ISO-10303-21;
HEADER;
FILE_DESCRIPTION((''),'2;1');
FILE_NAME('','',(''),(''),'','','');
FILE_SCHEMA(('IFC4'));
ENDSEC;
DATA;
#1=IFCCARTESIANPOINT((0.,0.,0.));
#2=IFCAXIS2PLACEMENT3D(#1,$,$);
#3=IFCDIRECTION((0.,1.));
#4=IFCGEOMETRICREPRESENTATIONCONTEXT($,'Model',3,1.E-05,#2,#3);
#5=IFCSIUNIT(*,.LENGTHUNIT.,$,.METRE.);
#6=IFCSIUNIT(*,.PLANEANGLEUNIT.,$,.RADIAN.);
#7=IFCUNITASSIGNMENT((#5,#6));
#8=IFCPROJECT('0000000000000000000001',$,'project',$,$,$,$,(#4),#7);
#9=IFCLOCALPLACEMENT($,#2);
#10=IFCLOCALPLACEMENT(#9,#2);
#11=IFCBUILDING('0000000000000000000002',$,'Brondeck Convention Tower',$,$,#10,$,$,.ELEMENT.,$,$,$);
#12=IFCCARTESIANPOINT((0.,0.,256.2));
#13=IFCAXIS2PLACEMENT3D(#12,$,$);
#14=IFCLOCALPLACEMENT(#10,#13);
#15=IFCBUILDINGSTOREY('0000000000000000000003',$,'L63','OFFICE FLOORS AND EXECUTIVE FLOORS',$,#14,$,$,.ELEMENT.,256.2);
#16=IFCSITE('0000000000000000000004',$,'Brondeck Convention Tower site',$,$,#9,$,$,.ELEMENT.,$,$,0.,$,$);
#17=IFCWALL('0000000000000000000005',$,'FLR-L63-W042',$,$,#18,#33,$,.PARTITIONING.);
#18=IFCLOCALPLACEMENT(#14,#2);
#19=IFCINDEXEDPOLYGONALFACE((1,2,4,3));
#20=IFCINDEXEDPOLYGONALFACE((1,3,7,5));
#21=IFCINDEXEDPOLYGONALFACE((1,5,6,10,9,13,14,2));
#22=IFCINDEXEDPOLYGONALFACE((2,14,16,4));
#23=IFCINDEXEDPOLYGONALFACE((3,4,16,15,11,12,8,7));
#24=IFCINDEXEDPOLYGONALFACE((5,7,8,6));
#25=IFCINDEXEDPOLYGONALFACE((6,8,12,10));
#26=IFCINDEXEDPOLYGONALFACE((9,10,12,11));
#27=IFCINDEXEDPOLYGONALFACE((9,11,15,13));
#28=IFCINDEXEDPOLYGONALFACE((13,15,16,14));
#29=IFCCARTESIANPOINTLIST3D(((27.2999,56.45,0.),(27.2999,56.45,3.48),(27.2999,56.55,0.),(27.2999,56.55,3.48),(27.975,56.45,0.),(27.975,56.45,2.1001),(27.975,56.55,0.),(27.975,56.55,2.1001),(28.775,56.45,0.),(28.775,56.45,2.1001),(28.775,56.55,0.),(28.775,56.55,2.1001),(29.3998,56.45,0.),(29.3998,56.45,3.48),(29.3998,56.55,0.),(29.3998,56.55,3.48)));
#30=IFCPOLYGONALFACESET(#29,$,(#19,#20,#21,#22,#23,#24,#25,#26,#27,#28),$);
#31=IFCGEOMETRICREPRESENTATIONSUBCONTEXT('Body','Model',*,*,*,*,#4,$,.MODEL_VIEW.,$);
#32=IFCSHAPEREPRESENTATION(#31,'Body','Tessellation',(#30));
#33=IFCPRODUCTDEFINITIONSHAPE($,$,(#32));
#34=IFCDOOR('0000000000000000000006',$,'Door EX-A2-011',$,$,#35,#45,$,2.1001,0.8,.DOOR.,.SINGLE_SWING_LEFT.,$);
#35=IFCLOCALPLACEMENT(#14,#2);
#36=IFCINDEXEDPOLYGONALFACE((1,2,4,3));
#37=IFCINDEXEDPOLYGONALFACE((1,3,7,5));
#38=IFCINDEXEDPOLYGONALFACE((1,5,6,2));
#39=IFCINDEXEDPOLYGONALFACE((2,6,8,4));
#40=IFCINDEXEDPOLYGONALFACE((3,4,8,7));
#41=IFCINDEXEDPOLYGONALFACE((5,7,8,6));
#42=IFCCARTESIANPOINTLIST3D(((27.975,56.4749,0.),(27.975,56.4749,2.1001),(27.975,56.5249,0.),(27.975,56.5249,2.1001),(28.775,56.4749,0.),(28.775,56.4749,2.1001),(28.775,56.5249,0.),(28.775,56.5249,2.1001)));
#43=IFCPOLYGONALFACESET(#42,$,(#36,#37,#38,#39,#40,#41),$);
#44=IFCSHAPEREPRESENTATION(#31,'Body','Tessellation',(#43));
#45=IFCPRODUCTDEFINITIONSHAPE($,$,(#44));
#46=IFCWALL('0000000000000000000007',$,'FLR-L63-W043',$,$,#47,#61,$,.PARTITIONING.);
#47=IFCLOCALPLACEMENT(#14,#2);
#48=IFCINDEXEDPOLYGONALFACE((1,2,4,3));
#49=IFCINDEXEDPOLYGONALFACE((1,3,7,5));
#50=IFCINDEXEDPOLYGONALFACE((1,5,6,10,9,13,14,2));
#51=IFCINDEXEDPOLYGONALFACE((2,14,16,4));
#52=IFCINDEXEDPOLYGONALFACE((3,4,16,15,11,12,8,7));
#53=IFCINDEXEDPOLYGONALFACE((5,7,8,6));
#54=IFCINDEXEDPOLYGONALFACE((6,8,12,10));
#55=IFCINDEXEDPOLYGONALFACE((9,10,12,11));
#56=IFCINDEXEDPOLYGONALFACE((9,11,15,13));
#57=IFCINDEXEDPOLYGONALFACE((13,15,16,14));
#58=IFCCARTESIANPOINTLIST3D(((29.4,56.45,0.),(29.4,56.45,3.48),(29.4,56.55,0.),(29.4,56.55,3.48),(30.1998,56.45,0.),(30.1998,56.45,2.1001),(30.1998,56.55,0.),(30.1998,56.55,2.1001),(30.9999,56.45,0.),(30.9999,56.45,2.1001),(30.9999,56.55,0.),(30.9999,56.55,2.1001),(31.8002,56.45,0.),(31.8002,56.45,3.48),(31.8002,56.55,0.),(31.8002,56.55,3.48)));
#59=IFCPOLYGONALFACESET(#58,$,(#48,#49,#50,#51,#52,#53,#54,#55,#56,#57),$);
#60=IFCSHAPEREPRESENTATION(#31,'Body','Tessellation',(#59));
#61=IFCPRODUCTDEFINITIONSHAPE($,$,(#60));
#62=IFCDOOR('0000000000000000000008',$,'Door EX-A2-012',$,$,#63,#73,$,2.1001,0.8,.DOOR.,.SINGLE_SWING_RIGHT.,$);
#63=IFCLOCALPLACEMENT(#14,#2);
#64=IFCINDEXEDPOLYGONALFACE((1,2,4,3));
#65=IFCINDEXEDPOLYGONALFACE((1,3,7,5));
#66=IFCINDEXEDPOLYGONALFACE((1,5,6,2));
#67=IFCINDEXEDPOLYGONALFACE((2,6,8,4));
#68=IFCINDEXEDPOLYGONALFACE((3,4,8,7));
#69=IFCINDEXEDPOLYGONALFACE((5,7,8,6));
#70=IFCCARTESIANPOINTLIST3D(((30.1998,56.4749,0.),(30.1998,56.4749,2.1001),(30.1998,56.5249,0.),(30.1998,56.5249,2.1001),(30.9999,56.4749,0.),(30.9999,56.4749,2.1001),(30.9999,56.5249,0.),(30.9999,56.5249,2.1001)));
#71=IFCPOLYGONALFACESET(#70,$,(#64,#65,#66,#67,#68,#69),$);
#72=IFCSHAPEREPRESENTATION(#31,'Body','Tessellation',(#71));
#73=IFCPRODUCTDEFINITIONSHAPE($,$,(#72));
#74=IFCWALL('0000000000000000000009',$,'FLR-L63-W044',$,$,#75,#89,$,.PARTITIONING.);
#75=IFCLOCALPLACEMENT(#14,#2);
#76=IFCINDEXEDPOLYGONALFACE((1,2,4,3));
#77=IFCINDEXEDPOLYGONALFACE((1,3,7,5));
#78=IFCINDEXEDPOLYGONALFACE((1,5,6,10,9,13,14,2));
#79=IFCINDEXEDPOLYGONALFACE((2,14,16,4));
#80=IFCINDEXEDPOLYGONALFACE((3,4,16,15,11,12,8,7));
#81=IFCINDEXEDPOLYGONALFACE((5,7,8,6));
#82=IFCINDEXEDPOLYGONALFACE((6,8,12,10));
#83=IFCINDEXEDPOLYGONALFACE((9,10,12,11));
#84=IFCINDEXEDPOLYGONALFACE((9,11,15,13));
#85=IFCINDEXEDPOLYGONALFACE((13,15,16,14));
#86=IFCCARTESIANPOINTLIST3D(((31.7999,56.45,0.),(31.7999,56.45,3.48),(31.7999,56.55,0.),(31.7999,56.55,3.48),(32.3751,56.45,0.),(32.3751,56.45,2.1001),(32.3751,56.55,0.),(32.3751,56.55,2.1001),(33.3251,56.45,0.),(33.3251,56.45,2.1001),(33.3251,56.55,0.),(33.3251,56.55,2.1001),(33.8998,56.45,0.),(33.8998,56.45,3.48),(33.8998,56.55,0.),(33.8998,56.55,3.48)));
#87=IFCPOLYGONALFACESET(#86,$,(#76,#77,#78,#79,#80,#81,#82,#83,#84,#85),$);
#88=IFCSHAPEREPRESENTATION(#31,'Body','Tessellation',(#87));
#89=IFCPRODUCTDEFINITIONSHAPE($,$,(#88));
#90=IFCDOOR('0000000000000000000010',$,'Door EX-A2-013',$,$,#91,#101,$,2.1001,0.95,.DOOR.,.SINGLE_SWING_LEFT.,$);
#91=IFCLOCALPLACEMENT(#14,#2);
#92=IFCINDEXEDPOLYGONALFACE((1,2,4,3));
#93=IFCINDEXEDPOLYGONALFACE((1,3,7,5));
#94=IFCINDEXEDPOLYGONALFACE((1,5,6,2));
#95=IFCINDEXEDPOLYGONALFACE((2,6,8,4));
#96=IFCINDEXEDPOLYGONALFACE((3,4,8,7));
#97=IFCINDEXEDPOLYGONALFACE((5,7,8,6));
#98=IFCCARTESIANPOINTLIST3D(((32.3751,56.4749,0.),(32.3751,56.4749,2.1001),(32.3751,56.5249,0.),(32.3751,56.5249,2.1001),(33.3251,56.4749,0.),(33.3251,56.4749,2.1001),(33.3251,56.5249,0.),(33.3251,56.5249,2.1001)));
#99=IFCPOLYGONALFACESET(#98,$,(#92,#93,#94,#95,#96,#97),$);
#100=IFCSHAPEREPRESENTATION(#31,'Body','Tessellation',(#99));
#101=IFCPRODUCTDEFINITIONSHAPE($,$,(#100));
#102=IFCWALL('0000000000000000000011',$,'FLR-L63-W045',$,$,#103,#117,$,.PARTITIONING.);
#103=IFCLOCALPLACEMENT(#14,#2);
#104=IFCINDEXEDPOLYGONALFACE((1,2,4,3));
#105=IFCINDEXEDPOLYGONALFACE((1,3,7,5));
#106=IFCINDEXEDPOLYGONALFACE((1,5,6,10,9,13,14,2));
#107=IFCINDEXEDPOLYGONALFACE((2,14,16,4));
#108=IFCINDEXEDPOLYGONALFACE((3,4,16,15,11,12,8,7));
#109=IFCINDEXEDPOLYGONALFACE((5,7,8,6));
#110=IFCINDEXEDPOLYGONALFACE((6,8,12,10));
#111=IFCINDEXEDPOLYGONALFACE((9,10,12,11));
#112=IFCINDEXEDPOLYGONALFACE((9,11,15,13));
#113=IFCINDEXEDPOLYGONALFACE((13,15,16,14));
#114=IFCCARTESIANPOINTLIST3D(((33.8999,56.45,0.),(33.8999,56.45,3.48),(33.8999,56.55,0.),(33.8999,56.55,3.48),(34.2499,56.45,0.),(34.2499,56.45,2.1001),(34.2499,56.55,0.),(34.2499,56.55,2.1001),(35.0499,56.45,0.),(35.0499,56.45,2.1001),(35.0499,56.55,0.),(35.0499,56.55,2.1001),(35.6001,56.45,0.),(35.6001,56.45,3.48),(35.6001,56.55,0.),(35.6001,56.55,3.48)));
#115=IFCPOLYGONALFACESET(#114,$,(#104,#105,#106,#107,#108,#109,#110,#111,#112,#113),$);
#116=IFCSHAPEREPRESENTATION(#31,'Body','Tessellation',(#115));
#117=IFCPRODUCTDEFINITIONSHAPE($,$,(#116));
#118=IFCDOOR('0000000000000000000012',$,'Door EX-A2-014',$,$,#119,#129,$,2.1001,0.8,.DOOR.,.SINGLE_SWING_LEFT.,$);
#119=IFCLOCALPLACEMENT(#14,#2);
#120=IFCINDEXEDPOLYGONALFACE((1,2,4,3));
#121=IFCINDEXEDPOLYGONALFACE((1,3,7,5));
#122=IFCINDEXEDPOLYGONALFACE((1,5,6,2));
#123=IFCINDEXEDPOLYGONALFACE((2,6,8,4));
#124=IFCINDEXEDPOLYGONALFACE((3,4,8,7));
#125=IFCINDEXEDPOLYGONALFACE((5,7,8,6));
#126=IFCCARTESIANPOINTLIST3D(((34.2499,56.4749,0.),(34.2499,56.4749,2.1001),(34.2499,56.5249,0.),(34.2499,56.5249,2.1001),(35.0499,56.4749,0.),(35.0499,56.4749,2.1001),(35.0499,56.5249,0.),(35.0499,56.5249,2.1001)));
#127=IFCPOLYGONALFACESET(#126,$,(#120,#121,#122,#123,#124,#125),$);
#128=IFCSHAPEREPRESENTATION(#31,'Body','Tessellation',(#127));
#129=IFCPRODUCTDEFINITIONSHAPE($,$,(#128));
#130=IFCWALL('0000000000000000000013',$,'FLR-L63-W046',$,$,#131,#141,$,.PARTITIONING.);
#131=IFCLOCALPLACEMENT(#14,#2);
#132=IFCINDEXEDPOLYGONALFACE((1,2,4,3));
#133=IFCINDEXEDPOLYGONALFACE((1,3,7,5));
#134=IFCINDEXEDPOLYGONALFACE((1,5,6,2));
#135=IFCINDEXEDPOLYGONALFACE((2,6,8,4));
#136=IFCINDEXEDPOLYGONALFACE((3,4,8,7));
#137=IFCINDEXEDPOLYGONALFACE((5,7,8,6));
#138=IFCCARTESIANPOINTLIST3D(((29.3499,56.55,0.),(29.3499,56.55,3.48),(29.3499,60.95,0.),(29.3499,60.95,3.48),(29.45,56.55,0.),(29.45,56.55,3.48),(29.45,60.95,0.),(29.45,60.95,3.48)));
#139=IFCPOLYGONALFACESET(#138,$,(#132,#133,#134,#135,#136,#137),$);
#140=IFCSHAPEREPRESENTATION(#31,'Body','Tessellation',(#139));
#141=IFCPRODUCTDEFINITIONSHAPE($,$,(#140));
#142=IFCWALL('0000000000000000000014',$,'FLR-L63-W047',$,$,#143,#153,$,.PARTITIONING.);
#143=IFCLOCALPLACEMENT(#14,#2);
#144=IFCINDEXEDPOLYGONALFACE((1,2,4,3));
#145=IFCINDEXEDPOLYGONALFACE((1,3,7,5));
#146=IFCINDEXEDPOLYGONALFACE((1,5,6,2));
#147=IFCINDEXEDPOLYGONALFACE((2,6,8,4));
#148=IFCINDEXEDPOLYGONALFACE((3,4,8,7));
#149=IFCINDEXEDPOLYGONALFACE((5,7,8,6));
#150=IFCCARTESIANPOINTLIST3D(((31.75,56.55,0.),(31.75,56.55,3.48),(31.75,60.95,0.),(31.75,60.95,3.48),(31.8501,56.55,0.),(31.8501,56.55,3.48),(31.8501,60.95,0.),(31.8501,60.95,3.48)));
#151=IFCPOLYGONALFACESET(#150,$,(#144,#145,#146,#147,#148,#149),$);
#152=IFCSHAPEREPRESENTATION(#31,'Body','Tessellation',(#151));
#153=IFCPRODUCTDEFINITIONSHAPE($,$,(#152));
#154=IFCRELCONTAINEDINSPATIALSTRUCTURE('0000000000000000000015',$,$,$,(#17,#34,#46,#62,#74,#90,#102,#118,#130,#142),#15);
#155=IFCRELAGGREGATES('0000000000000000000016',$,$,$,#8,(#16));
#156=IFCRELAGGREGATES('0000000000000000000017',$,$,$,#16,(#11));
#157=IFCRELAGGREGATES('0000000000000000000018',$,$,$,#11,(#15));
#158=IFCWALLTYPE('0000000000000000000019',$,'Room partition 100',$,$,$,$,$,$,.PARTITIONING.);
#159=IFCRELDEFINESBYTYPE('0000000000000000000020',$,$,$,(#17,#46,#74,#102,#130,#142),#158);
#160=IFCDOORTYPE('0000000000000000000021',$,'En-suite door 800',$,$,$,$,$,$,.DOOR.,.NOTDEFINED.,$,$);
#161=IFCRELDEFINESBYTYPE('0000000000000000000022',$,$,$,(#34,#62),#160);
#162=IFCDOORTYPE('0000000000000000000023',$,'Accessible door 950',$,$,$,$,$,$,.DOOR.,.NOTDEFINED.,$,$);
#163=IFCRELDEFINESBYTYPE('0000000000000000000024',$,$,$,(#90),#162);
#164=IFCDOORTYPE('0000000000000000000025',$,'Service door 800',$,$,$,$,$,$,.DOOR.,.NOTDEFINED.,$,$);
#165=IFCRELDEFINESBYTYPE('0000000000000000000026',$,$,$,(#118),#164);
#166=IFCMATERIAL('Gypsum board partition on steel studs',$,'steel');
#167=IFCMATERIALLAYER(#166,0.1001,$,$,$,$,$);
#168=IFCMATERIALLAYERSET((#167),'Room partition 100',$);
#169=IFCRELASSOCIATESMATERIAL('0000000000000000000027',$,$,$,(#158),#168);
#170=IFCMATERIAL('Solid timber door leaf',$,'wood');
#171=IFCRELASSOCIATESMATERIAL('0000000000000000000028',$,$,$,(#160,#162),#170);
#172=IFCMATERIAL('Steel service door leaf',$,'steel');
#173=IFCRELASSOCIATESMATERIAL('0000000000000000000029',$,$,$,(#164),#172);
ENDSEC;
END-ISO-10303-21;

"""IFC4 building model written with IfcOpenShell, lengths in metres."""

from ifc_helpers import new_model, si_unit, direction, frame, frame_2d, origin, place, context, subcontext, project, spatial, rectangle, extrude, material, layer, layer_set, type_object, element, fill, save


model = new_model("IFC4")

# Units and contexts
model_context = context("Model", 3, precision=1e-05, world=origin(), true_north=direction((0.0, 1.0)))
body_context = subcontext(model_context, "Body", "Model", "MODEL_VIEW")
ifc_project = project(units=[si_unit("LENGTHUNIT", "METRE"), si_unit("PLANEANGLEUNIT", "RADIAN")], contexts=[model_context])

# Site, building, storey
site_placement = place(None, origin())
site = spatial("IfcSite", under=ifc_project, at=site_placement, Name="Brondeck Convention Tower site", CompositionType="ELEMENT", RefElevation=0.0)
building_placement = place(site_placement, origin())
building = spatial("IfcBuilding", under=site, at=building_placement, Name="Brondeck Convention Tower", CompositionType="ELEMENT")
storey_placement = place(building_placement, frame((0.0, 0.0, 256.2)))
storey = spatial("IfcBuildingStorey", under=building, at=storey_placement, Name="L63", Description="OFFICE FLOORS AND EXECUTIVE FLOORS", CompositionType="ELEMENT", Elevation=256.2)

# Shared definitions
ifc_material_1 = material(Name="Gypsum board partition on steel studs", Category="steel")
ifc_layer_1 = layer(ifc_material_1, 0.1001)
ifc_layer_set_1 = layer_set([ifc_layer_1], Name="Room partition 100")
wall_type_1 = type_object("IfcWallType", Name="Room partition 100", PredefinedType="PARTITIONING", material=ifc_layer_set_1)
ifc_material_2 = material(Name="Solid timber door leaf", Category="wood")

# Walls, openings, doors
wall_1_placement = place(storey_placement, frame((27.3, 56.5, 0.0), z_axis=(0.0, 0.0, 1.0), x_axis=(1.0, 0.0, 0.0)))
wall_1 = element("IfcWall", 1, at=wall_1_placement, inside=storey, type_object=wall_type_1, Name="FLR-L63-W042", PredefinedType="PARTITIONING", context=body_context, shape_type="SweptSolid", body=[
    extrude(rectangle(XDim=2.0999, YDim=0.1001, at=frame_2d((1.0498, 0.0))), origin(), (0.0, 0.0, 1.0), 3.48),
])
opening_1_placement = place(wall_1_placement, frame((0.675, 0.0, 0.0)))
opening_1 = element("IfcOpeningElement", 2, at=opening_1_placement, cuts=wall_1, PredefinedType="OPENING", context=body_context, shape_type="SweptSolid", body=[
    extrude(rectangle(XDim=0.8, YDim=2.1001, at=frame_2d((0.3999, 1.05))), frame((0.0, 0.0601, 0.0), z_axis=(0.0, -1.0, 0.0), x_axis=(1.0, 0.0, 0.0)), (0.0, 0.0, 1.0), 0.1201),
])
door_type_1 = type_object("IfcDoorType", Name="En-suite door 800", OperationType="NOTDEFINED", PredefinedType="DOOR", material=ifc_material_2)
door_1_placement = place(opening_1_placement, origin())
door_1 = element("IfcDoor", 3, at=door_1_placement, inside=storey, type_object=door_type_1, Name="Door EX-A2-011", OperationType="SINGLE_SWING_LEFT", OverallHeight=2.1001, OverallWidth=0.8, PredefinedType="DOOR", context=body_context, shape_type="SweptSolid", body=[
    extrude(rectangle(XDim=0.8, YDim=2.1001, at=frame_2d((0.3999, 1.05))), frame((0.0, 0.0249, 0.0), z_axis=(0.0, -1.0, 0.0), x_axis=(1.0, 0.0, 0.0)), (0.0, 0.0, 1.0), 0.05),
])
fill(opening_1, door_1)
wall_2_placement = place(storey_placement, frame((29.3999, 56.5, 0.0), z_axis=(0.0, 0.0, 1.0), x_axis=(1.0, 0.0, 0.0)))
wall_2 = element("IfcWall", 4, at=wall_2_placement, inside=storey, type_object=wall_type_1, Name="FLR-L63-W043", PredefinedType="PARTITIONING", context=body_context, shape_type="SweptSolid", body=[
    extrude(rectangle(XDim=2.4001, YDim=0.1001, at=frame_2d((1.2002, 0.0))), origin(), (0.0, 0.0, 1.0), 3.48),
])
opening_2_placement = place(wall_2_placement, frame((0.8, 0.0, 0.0)))
opening_2 = element("IfcOpeningElement", 5, at=opening_2_placement, cuts=wall_2, PredefinedType="OPENING", context=body_context, shape_type="SweptSolid", body=[
    extrude(rectangle(XDim=0.8, YDim=2.1001, at=frame_2d((0.3999, 1.05))), frame((0.0, 0.0601, 0.0), z_axis=(0.0, -1.0, 0.0), x_axis=(1.0, 0.0, 0.0)), (0.0, 0.0, 1.0), 0.1201),
])
door_2_placement = place(opening_2_placement, origin())
door_2 = element("IfcDoor", 6, at=door_2_placement, inside=storey, type_object=door_type_1, Name="Door EX-A2-012", OperationType="SINGLE_SWING_RIGHT", OverallHeight=2.1001, OverallWidth=0.8, PredefinedType="DOOR", context=body_context, shape_type="SweptSolid", body=[
    extrude(rectangle(XDim=0.8, YDim=2.1001, at=frame_2d((0.3999, 1.05))), frame((0.0, 0.0249, 0.0), z_axis=(0.0, -1.0, 0.0), x_axis=(1.0, 0.0, 0.0)), (0.0, 0.0, 1.0), 0.05),
])
fill(opening_2, door_2)
wall_3_placement = place(storey_placement, frame((31.8, 56.5, 0.0), z_axis=(0.0, 0.0, 1.0), x_axis=(1.0, 0.0, 0.0)))
wall_3 = element("IfcWall", 7, at=wall_3_placement, inside=storey, type_object=wall_type_1, Name="FLR-L63-W044", PredefinedType="PARTITIONING", context=body_context, shape_type="SweptSolid", body=[
    extrude(rectangle(XDim=2.0999, YDim=0.1001, at=frame_2d((1.0498, 0.0))), origin(), (0.0, 0.0, 1.0), 3.48),
])
opening_3_placement = place(wall_3_placement, frame((0.575, 0.0, 0.0)))
opening_3 = element("IfcOpeningElement", 8, at=opening_3_placement, cuts=wall_3, PredefinedType="OPENING", context=body_context, shape_type="SweptSolid", body=[
    extrude(rectangle(XDim=0.95, YDim=2.1001, at=frame_2d((0.4751, 1.05))), frame((0.0, 0.0601, 0.0), z_axis=(0.0, -1.0, 0.0), x_axis=(1.0, 0.0, 0.0)), (0.0, 0.0, 1.0), 0.1201),
])
door_type_2 = type_object("IfcDoorType", Name="Accessible door 950", OperationType="NOTDEFINED", PredefinedType="DOOR", material=ifc_material_2)
door_3_placement = place(opening_3_placement, origin())
door_3 = element("IfcDoor", 9, at=door_3_placement, inside=storey, type_object=door_type_2, Name="Door EX-A2-013", OperationType="SINGLE_SWING_LEFT", OverallHeight=2.1001, OverallWidth=0.95, PredefinedType="DOOR", context=body_context, shape_type="SweptSolid", body=[
    extrude(rectangle(XDim=0.95, YDim=2.1001, at=frame_2d((0.4751, 1.05))), frame((0.0, 0.0249, 0.0), z_axis=(0.0, -1.0, 0.0), x_axis=(1.0, 0.0, 0.0)), (0.0, 0.0, 1.0), 0.05),
])
fill(opening_3, door_3)
wall_4_placement = place(storey_placement, frame((33.8999, 56.5, 0.0), z_axis=(0.0, 0.0, 1.0), x_axis=(1.0, 0.0, 0.0)))
wall_4 = element("IfcWall", 10, at=wall_4_placement, inside=storey, type_object=wall_type_1, Name="FLR-L63-W045", PredefinedType="PARTITIONING", context=body_context, shape_type="SweptSolid", body=[
    extrude(rectangle(XDim=1.7002, YDim=0.1001, at=frame_2d((0.8501, 0.0))), origin(), (0.0, 0.0, 1.0), 3.48),
])
opening_4_placement = place(wall_4_placement, frame((0.3501, 0.0, 0.0)))
opening_4 = element("IfcOpeningElement", 11, at=opening_4_placement, cuts=wall_4, PredefinedType="OPENING", context=body_context, shape_type="SweptSolid", body=[
    extrude(rectangle(XDim=0.8, YDim=2.1001, at=frame_2d((0.3999, 1.05))), frame((0.0, 0.0601, 0.0), z_axis=(0.0, -1.0, 0.0), x_axis=(1.0, 0.0, 0.0)), (0.0, 0.0, 1.0), 0.1201),
])
ifc_material_3 = material(Name="Steel service door leaf", Category="steel")
door_type_3 = type_object("IfcDoorType", Name="Service door 800", OperationType="NOTDEFINED", PredefinedType="DOOR", material=ifc_material_3)
door_4_placement = place(opening_4_placement, origin())
door_4 = element("IfcDoor", 12, at=door_4_placement, inside=storey, type_object=door_type_3, Name="Door EX-A2-014", OperationType="SINGLE_SWING_LEFT", OverallHeight=2.1001, OverallWidth=0.8, PredefinedType="DOOR", context=body_context, shape_type="SweptSolid", body=[
    extrude(rectangle(XDim=0.8, YDim=2.1001, at=frame_2d((0.3999, 1.05))), frame((0.0, 0.0249, 0.0), z_axis=(0.0, -1.0, 0.0), x_axis=(1.0, 0.0, 0.0)), (0.0, 0.0, 1.0), 0.05),
])
fill(opening_4, door_4)

# Walls
for number, where, z_axis, x_axis, name in (
    (13, (29.3999, 60.95, 0.0), (0.0, 0.0, 1.0), (0.0, -1.0, 0.0), "FLR-L63-W046"),
    (14, (31.8, 60.95, 0.0), (0.0, 0.0, 1.0), (0.0, -1.0, 0.0), "FLR-L63-W047"),
):
    element("IfcWall", number, at=place(storey_placement, frame(where, z_axis=z_axis, x_axis=x_axis)), inside=storey, type_object=wall_type_1, Name=name, PredefinedType="PARTITIONING", context=body_context, shape_type="SweptSolid", body=[
        extrude(rectangle(XDim=4.3999, YDim=0.1001, at=frame_2d((2.2, 0.0))), origin(), (0.0, 0.0, 1.0), 3.48),
    ])

save(model, "model.ifc")
